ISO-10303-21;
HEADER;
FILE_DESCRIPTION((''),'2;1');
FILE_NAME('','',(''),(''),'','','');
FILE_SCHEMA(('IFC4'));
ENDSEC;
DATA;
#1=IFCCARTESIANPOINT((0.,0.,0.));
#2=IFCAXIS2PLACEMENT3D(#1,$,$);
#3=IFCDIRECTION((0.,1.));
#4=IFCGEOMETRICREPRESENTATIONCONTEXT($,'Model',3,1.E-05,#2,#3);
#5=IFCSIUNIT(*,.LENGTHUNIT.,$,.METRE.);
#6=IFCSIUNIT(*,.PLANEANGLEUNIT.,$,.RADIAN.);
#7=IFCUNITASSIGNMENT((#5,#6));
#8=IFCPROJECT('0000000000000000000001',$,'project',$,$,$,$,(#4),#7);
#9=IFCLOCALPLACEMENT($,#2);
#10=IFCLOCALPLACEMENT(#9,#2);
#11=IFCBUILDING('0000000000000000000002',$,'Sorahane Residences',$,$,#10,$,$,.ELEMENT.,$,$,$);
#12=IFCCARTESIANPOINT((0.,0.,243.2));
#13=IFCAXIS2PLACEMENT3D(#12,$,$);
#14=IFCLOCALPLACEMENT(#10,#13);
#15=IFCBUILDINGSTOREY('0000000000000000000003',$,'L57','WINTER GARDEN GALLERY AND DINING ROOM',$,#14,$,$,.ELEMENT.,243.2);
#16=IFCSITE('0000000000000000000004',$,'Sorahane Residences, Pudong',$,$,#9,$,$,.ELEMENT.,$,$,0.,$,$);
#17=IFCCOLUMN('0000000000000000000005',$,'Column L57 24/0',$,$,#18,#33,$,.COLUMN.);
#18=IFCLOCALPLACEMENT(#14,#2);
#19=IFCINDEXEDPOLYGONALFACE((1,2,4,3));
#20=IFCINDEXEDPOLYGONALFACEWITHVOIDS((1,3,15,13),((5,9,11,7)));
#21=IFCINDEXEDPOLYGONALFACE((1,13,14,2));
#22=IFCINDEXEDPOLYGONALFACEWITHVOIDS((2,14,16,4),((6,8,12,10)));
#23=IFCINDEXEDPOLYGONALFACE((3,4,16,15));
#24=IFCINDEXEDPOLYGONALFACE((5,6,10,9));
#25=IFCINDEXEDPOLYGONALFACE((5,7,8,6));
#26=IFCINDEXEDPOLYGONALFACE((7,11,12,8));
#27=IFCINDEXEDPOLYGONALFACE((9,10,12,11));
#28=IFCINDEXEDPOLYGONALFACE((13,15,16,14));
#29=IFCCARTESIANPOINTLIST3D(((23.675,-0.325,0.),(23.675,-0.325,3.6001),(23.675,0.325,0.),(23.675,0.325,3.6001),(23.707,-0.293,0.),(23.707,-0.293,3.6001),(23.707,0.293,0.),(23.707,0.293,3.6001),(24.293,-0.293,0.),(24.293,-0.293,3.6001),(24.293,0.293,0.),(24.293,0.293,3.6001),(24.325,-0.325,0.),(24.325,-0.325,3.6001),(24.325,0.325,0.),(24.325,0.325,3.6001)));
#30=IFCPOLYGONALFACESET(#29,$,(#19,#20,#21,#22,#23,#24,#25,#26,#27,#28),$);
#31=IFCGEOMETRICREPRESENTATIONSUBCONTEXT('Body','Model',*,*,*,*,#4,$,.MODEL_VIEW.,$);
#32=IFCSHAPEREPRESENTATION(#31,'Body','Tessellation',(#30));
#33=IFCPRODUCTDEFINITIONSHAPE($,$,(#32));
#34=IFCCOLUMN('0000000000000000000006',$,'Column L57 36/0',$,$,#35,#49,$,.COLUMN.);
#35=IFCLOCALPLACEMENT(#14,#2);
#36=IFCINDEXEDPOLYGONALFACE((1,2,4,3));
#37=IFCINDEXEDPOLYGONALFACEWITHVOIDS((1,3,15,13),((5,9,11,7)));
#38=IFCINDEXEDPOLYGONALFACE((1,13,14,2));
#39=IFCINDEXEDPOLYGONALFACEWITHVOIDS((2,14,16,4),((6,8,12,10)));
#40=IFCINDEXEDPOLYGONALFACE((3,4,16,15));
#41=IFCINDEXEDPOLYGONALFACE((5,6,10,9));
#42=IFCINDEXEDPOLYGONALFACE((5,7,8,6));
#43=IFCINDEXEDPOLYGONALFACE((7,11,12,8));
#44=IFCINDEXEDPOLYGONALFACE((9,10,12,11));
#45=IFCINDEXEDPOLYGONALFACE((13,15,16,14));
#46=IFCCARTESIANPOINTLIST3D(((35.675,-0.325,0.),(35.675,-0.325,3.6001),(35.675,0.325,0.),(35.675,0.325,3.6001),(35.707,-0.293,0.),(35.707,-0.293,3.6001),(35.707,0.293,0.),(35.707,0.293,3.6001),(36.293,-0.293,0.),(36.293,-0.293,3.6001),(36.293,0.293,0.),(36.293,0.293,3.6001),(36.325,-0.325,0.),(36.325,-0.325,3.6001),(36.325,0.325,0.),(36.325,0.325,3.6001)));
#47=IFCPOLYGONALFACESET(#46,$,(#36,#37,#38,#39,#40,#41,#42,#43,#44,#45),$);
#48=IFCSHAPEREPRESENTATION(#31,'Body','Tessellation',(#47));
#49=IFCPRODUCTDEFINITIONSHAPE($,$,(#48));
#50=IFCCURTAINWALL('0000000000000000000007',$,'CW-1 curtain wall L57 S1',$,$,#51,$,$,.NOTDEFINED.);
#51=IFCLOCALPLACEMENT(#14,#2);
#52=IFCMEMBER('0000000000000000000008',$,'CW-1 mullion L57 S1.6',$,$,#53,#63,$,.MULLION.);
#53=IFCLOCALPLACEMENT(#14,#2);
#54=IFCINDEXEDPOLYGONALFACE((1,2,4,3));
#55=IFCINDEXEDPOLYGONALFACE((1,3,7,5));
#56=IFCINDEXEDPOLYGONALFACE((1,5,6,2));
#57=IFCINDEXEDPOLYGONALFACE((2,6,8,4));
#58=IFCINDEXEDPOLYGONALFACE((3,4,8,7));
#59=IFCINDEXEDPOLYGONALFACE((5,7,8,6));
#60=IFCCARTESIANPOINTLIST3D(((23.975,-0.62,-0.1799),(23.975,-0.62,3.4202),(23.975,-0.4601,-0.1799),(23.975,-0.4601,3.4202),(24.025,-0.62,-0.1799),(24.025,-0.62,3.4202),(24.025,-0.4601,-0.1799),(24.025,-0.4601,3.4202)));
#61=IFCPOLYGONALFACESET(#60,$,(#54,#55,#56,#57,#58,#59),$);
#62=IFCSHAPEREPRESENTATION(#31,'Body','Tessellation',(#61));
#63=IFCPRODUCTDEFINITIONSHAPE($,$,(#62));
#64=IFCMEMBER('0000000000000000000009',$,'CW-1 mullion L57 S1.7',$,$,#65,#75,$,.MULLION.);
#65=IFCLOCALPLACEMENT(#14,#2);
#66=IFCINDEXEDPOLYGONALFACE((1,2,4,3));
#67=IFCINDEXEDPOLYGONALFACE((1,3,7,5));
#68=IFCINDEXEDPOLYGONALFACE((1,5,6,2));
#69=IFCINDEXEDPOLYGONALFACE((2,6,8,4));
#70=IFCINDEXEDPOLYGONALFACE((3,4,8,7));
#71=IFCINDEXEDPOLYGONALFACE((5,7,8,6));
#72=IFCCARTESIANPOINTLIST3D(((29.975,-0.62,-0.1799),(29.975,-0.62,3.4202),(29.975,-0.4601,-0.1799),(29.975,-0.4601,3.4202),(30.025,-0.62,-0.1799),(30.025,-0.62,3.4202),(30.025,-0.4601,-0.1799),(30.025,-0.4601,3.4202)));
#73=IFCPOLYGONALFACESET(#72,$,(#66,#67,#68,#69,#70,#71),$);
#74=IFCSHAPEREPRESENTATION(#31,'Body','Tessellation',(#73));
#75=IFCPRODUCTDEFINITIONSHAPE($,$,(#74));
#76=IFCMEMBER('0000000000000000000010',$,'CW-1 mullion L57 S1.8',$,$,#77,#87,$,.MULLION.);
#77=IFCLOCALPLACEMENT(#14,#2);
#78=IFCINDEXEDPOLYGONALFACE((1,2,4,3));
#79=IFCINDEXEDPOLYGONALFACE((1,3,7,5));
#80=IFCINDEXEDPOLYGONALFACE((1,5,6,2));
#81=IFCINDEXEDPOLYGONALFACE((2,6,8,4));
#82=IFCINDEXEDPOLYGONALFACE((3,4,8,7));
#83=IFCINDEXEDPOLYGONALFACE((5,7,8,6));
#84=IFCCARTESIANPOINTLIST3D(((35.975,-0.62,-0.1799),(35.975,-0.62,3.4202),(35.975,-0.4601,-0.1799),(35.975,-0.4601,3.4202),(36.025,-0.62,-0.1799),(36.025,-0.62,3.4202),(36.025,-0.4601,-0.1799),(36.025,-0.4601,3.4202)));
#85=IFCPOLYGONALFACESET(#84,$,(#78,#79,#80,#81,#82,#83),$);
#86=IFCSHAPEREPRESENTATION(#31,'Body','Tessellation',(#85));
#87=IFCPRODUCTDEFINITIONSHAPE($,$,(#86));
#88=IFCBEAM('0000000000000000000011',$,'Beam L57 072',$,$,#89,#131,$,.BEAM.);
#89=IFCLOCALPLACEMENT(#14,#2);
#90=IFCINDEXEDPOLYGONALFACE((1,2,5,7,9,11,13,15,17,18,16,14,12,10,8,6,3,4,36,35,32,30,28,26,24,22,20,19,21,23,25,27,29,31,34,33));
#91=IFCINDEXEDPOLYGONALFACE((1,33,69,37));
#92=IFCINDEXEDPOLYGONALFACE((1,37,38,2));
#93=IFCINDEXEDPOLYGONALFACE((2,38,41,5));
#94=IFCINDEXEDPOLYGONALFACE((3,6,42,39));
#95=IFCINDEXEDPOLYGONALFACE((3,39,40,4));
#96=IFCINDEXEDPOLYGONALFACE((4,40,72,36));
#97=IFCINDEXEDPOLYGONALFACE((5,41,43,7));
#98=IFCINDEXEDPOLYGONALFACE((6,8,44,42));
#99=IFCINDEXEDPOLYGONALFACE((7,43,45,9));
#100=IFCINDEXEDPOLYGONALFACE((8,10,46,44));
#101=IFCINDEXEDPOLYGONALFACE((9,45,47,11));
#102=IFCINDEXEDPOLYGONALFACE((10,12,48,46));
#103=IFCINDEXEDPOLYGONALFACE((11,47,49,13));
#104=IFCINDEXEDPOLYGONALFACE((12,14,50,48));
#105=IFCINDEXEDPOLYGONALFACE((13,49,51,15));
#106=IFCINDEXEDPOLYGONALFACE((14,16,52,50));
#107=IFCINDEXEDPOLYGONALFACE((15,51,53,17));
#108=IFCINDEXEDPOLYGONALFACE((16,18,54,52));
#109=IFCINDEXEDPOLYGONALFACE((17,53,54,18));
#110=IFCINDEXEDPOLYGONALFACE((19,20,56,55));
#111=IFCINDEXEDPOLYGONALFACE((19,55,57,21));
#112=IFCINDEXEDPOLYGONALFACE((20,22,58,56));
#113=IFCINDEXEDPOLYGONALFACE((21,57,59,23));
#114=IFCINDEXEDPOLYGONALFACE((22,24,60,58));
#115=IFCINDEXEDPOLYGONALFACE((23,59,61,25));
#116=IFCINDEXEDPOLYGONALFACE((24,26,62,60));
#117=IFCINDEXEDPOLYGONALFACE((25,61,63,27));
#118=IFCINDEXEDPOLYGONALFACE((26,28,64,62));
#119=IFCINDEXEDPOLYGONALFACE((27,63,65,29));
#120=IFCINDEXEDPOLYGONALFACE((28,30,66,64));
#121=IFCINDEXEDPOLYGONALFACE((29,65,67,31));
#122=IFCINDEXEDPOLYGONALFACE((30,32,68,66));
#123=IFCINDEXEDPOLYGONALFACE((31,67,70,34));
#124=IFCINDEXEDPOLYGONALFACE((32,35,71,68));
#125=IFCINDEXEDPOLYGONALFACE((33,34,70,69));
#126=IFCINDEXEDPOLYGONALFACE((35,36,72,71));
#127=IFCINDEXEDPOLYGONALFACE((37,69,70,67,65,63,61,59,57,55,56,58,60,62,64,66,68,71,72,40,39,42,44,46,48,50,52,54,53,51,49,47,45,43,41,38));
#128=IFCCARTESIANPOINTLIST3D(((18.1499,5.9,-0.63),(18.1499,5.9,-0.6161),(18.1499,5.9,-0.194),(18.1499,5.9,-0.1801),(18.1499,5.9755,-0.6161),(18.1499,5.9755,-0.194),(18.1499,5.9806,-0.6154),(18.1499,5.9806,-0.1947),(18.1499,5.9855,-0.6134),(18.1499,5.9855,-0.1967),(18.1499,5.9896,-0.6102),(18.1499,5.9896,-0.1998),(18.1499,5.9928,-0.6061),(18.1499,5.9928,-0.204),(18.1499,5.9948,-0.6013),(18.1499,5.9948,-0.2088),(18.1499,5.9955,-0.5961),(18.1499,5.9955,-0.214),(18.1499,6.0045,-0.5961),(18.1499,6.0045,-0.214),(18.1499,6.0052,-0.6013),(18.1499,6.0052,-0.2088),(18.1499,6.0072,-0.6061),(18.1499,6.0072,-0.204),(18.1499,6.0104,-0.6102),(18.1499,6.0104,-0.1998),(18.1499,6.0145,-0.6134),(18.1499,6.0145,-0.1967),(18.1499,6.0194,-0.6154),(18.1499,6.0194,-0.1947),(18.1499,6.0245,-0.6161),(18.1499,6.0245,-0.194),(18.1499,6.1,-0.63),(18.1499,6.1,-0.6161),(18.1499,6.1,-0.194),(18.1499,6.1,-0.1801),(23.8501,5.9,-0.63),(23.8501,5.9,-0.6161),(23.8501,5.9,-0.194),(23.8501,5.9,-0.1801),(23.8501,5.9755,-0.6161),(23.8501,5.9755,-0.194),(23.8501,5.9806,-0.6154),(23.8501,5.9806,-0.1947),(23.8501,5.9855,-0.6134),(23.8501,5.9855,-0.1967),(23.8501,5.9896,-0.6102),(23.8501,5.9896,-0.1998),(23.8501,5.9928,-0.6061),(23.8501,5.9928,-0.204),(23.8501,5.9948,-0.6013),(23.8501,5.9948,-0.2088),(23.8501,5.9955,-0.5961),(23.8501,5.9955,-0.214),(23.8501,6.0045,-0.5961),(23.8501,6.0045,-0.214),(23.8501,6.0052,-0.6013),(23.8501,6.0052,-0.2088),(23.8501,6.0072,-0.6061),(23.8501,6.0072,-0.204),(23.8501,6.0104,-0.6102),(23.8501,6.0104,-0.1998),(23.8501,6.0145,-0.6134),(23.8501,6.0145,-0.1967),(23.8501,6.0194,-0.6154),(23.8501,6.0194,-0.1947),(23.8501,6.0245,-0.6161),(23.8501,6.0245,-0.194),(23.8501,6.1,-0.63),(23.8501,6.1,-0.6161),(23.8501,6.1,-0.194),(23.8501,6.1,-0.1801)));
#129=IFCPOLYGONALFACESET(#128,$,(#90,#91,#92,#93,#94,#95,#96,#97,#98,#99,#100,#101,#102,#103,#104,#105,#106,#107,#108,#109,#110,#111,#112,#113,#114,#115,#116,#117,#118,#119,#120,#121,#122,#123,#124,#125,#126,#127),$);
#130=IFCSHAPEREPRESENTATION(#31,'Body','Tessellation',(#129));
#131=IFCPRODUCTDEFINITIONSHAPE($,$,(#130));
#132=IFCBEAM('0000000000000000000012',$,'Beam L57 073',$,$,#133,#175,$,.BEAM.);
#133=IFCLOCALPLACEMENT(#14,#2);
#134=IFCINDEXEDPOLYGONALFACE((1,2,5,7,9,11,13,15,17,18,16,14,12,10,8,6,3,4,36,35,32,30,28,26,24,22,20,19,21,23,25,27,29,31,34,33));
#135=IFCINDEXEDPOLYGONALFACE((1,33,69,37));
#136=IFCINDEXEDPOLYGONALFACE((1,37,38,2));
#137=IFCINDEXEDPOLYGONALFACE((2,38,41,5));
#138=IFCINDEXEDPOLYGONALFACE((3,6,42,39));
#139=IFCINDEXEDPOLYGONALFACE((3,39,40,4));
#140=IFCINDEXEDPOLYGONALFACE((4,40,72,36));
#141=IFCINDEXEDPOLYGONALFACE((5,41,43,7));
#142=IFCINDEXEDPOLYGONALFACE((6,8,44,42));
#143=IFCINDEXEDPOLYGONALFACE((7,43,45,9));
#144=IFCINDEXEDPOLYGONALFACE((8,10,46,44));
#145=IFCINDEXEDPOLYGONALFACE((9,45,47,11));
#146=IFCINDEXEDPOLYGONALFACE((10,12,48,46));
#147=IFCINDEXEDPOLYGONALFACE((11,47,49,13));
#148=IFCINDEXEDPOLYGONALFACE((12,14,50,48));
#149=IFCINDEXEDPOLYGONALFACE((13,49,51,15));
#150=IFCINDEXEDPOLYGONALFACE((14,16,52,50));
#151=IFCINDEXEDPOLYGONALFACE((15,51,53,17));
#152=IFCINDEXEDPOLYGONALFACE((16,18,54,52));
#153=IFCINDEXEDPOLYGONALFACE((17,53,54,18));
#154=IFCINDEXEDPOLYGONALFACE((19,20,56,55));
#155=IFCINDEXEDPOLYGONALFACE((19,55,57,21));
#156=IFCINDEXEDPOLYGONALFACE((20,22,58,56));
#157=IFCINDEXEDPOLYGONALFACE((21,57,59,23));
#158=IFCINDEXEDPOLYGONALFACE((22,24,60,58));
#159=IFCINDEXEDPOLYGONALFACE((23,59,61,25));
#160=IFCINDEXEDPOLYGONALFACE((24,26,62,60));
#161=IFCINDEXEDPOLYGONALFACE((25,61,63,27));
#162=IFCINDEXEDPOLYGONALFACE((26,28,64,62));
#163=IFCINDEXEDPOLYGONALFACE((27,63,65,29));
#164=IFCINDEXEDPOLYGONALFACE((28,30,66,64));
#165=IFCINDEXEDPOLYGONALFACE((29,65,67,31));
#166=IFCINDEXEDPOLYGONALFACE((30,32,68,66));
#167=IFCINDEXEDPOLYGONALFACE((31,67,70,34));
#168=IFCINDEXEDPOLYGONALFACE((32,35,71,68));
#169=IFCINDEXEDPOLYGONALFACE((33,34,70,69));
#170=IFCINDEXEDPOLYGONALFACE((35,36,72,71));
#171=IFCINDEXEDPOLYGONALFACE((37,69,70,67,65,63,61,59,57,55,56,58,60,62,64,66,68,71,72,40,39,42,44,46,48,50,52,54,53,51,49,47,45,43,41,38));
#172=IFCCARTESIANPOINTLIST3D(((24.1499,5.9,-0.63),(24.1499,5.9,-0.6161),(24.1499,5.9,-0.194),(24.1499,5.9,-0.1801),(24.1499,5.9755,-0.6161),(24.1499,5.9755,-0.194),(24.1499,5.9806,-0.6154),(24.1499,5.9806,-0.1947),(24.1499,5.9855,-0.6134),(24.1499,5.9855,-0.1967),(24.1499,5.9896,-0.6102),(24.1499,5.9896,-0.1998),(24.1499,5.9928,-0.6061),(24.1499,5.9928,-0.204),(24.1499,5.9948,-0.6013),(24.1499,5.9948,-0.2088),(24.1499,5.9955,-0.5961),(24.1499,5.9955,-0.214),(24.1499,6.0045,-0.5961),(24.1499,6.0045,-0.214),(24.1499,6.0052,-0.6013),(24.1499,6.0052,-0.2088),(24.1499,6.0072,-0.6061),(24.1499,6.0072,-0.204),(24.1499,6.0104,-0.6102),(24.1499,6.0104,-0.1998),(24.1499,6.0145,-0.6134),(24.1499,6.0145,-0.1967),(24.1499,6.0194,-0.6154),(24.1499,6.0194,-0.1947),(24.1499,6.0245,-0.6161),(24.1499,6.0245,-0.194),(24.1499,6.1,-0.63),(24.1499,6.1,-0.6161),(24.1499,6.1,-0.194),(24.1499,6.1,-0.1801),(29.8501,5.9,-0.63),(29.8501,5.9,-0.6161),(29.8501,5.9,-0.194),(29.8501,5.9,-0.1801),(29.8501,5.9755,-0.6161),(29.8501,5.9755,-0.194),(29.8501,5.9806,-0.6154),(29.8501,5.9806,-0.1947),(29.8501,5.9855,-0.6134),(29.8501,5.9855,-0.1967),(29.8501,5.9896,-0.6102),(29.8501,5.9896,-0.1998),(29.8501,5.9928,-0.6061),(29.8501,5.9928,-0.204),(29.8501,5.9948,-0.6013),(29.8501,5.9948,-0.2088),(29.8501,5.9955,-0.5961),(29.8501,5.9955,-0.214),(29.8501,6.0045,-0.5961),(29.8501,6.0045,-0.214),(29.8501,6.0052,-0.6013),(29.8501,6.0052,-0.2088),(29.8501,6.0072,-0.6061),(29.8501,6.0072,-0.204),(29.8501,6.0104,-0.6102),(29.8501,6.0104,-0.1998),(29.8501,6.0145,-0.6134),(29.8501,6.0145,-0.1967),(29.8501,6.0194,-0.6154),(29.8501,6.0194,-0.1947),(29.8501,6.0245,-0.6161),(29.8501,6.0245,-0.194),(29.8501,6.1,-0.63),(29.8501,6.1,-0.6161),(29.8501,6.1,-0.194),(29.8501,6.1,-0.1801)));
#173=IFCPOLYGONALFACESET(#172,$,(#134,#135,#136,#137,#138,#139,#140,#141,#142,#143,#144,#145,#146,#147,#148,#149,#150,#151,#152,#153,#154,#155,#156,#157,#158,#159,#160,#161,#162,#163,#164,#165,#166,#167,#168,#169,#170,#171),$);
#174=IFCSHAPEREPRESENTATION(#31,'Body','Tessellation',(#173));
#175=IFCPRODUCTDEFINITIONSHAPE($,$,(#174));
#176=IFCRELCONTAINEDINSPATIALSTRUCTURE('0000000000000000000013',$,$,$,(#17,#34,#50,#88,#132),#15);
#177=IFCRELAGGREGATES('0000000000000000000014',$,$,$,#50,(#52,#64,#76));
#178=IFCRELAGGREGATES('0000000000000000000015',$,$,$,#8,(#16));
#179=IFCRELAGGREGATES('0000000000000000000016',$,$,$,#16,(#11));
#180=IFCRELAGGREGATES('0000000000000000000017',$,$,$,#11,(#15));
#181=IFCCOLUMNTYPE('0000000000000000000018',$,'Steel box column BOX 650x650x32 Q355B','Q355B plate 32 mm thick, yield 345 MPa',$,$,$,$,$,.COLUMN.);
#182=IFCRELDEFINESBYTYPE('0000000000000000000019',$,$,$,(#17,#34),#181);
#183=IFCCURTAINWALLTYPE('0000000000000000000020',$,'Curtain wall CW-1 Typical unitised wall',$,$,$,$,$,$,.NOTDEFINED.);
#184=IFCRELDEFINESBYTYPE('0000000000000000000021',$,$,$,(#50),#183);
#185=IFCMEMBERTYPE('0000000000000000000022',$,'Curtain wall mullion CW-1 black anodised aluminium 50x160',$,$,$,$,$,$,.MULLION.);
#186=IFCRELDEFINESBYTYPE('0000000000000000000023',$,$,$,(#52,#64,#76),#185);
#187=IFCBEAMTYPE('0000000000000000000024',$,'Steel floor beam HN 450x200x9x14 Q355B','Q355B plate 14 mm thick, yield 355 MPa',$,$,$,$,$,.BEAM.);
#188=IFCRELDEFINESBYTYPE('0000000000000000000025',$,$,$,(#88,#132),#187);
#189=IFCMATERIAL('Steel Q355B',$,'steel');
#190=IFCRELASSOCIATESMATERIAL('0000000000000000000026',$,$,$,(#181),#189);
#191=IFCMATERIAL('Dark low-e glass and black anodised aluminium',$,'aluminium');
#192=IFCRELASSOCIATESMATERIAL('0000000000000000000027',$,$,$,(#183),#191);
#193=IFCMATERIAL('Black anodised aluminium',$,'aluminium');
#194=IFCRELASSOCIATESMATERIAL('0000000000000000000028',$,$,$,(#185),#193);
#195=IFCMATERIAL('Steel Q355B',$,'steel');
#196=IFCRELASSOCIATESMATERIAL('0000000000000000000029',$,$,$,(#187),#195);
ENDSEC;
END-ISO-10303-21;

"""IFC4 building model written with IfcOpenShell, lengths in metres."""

from ifc_helpers import new_model, si_unit, direction, frame, origin, origin_2d, place, context, subcontext, project, spatial, rectangle, hollow_rectangle, i_section, extrude, material, material_profile, profile_set, type_object, element, aggregate, save


model = new_model("IFC4")

# Units and contexts
model_context = context("Model", 3, precision=1e-05, world=origin(), true_north=direction((0.0, 1.0)))
body_context = subcontext(model_context, "Body", "Model", "MODEL_VIEW")
ifc_project = project(units=[si_unit("LENGTHUNIT", "METRE"), si_unit("PLANEANGLEUNIT", "RADIAN")], contexts=[model_context])

# Site, building, storey
site_placement = place(None, origin())
site = spatial("IfcSite", under=ifc_project, at=site_placement, Name="Sorahane Residences, Pudong", CompositionType="ELEMENT", RefElevation=0.0)
building_placement = place(site_placement, origin())
building = spatial("IfcBuilding", under=site, at=building_placement, Name="Sorahane Residences", CompositionType="ELEMENT")
storey_placement = place(building_placement, frame((0.0, 0.0, 243.2)))
storey = spatial("IfcBuildingStorey", under=building, at=storey_placement, Name="L57", Description="WINTER GARDEN GALLERY AND DINING ROOM", CompositionType="ELEMENT", Elevation=243.2)

# Columns
ifc_material_1 = material(Name="Steel Q355B", Category="steel")
ifc_material_profile_1 = material_profile(ifc_material_1, hollow_rectangle(XDim=0.6499, YDim=0.6499, WallThickness=0.032, at=origin_2d()), Name="BOX 650x650x32")
ifc_profile_set_1 = profile_set([ifc_material_profile_1], Name="Steel Q355B")
column_type = type_object("IfcColumnType", Name="Steel box column BOX 650x650x32 Q355B", Description="Q355B plate 32 mm thick, yield 345 MPa", PredefinedType="COLUMN", material=ifc_profile_set_1)
for number, where, z_axis, x_axis, name in (
    (1, (24.0, 0.0, 0.0), (0.0, 0.0, 1.0), (1.0, 0.0, 0.0), "Column L57 24/0"),
    (2, (36.0, 0.0, 0.0), (0.0, 0.0, 1.0), (1.0, 0.0, 0.0), "Column L57 36/0"),
):
    element("IfcColumn", number, at=place(storey_placement, frame(where, z_axis=z_axis, x_axis=x_axis)), inside=storey, type_object=column_type, Name=name, PredefinedType="COLUMN", context=body_context, shape_type="SweptSolid", body=[
        extrude(hollow_rectangle(XDim=0.6499, YDim=0.6499, WallThickness=0.032, at=origin_2d()), origin(), (0.0, 0.0, 1.0), 3.6001),
    ])

# Curtain wall, members
ifc_material_2 = material(Name="Dark low-e glass and black anodised aluminium", Category="aluminium")
curtain_wall_type = type_object("IfcCurtainWallType", Name="Curtain wall CW-1 Typical unitised wall", PredefinedType="NOTDEFINED", material=ifc_material_2)
curtain_wall_placement = place(storey_placement, origin())
curtain_wall = element("IfcCurtainWall", 3, at=curtain_wall_placement, inside=storey, type_object=curtain_wall_type, Name="CW-1 curtain wall L57 S1", PredefinedType="NOTDEFINED")
ifc_material_3 = material(Name="Black anodised aluminium", Category="aluminium")
ifc_material_profile_2 = material_profile(ifc_material_3, rectangle(XDim=0.1599, YDim=0.05, at=origin_2d()), Name="Curtain wall mullion CW-1 black anodised aluminium 50x160")
ifc_profile_set_2 = profile_set([ifc_material_profile_2], Name="Black anodised aluminium")
member_type = type_object("IfcMemberType", Name="Curtain wall mullion CW-1 black anodised aluminium 50x160", PredefinedType="MULLION", material=ifc_profile_set_2)
member_1_placement = place(storey_placement, frame((24.0, -0.54, -0.1799), z_axis=(0.0, 0.0, 1.0), x_axis=(0.0, -1.0, 0.0)))
member_1 = element("IfcMember", 4, at=member_1_placement, type_object=member_type, Name="CW-1 mullion L57 S1.6", PredefinedType="MULLION", context=body_context, shape_type="SweptSolid", body=[
    extrude(rectangle(XDim=0.1599, YDim=0.05, at=origin_2d()), origin(), (0.0, 0.0, 1.0), 3.6001),
])
member_2_placement = place(storey_placement, frame((30.0, -0.54, -0.1799), z_axis=(0.0, 0.0, 1.0), x_axis=(0.0, -1.0, 0.0)))
member_2 = element("IfcMember", 5, at=member_2_placement, type_object=member_type, Name="CW-1 mullion L57 S1.7", PredefinedType="MULLION", context=body_context, shape_type="SweptSolid", body=[
    extrude(rectangle(XDim=0.1599, YDim=0.05, at=origin_2d()), origin(), (0.0, 0.0, 1.0), 3.6001),
])
member_3_placement = place(storey_placement, frame((36.0, -0.54, -0.1799), z_axis=(0.0, 0.0, 1.0), x_axis=(0.0, -1.0, 0.0)))
member_3 = element("IfcMember", 6, at=member_3_placement, type_object=member_type, Name="CW-1 mullion L57 S1.8", PredefinedType="MULLION", context=body_context, shape_type="SweptSolid", body=[
    extrude(rectangle(XDim=0.1599, YDim=0.05, at=origin_2d()), origin(), (0.0, 0.0, 1.0), 3.6001),
])

# Beams
ifc_material_4 = material(Name="Steel Q355B", Category="steel")
ifc_material_profile_3 = material_profile(ifc_material_4, i_section(OverallWidth=0.2, OverallDepth=0.45, WebThickness=0.009, FlangeThickness=0.0139, FilletRadius=0.02, at=origin_2d()), Name="HN 450x200x9x14")
ifc_profile_set_3 = profile_set([ifc_material_profile_3], Name="Steel Q355B")
beam_type_1 = type_object("IfcBeamType", Name="Steel floor beam HN 450x200x9x14 Q355B", Description="Q355B plate 14 mm thick, yield 355 MPa", PredefinedType="BEAM", material=ifc_profile_set_3)
for number, where, z_axis, x_axis, name in (
    (7, (18.1499, 6.0, -0.405), (1.0, 0.0, 0.0), (0.0, 1.0, 0.0), "Beam L57 072"),
    (8, (24.1499, 6.0, -0.405), (1.0, 0.0, 0.0), (0.0, 1.0, 0.0), "Beam L57 073"),
):
    element("IfcBeam", number, at=place(storey_placement, frame(where, z_axis=z_axis, x_axis=x_axis)), inside=storey, type_object=beam_type_1, Name=name, PredefinedType="BEAM", context=body_context, shape_type="SweptSolid", body=[
        extrude(i_section(OverallWidth=0.2, OverallDepth=0.45, WebThickness=0.009, FlangeThickness=0.0139, FilletRadius=0.02, at=origin_2d()), origin(), (0.0, 0.0, 1.0), 5.7002),
    ])

aggregate(curtain_wall, [member_1, member_2, member_3])

save(model, "model.ifc")
